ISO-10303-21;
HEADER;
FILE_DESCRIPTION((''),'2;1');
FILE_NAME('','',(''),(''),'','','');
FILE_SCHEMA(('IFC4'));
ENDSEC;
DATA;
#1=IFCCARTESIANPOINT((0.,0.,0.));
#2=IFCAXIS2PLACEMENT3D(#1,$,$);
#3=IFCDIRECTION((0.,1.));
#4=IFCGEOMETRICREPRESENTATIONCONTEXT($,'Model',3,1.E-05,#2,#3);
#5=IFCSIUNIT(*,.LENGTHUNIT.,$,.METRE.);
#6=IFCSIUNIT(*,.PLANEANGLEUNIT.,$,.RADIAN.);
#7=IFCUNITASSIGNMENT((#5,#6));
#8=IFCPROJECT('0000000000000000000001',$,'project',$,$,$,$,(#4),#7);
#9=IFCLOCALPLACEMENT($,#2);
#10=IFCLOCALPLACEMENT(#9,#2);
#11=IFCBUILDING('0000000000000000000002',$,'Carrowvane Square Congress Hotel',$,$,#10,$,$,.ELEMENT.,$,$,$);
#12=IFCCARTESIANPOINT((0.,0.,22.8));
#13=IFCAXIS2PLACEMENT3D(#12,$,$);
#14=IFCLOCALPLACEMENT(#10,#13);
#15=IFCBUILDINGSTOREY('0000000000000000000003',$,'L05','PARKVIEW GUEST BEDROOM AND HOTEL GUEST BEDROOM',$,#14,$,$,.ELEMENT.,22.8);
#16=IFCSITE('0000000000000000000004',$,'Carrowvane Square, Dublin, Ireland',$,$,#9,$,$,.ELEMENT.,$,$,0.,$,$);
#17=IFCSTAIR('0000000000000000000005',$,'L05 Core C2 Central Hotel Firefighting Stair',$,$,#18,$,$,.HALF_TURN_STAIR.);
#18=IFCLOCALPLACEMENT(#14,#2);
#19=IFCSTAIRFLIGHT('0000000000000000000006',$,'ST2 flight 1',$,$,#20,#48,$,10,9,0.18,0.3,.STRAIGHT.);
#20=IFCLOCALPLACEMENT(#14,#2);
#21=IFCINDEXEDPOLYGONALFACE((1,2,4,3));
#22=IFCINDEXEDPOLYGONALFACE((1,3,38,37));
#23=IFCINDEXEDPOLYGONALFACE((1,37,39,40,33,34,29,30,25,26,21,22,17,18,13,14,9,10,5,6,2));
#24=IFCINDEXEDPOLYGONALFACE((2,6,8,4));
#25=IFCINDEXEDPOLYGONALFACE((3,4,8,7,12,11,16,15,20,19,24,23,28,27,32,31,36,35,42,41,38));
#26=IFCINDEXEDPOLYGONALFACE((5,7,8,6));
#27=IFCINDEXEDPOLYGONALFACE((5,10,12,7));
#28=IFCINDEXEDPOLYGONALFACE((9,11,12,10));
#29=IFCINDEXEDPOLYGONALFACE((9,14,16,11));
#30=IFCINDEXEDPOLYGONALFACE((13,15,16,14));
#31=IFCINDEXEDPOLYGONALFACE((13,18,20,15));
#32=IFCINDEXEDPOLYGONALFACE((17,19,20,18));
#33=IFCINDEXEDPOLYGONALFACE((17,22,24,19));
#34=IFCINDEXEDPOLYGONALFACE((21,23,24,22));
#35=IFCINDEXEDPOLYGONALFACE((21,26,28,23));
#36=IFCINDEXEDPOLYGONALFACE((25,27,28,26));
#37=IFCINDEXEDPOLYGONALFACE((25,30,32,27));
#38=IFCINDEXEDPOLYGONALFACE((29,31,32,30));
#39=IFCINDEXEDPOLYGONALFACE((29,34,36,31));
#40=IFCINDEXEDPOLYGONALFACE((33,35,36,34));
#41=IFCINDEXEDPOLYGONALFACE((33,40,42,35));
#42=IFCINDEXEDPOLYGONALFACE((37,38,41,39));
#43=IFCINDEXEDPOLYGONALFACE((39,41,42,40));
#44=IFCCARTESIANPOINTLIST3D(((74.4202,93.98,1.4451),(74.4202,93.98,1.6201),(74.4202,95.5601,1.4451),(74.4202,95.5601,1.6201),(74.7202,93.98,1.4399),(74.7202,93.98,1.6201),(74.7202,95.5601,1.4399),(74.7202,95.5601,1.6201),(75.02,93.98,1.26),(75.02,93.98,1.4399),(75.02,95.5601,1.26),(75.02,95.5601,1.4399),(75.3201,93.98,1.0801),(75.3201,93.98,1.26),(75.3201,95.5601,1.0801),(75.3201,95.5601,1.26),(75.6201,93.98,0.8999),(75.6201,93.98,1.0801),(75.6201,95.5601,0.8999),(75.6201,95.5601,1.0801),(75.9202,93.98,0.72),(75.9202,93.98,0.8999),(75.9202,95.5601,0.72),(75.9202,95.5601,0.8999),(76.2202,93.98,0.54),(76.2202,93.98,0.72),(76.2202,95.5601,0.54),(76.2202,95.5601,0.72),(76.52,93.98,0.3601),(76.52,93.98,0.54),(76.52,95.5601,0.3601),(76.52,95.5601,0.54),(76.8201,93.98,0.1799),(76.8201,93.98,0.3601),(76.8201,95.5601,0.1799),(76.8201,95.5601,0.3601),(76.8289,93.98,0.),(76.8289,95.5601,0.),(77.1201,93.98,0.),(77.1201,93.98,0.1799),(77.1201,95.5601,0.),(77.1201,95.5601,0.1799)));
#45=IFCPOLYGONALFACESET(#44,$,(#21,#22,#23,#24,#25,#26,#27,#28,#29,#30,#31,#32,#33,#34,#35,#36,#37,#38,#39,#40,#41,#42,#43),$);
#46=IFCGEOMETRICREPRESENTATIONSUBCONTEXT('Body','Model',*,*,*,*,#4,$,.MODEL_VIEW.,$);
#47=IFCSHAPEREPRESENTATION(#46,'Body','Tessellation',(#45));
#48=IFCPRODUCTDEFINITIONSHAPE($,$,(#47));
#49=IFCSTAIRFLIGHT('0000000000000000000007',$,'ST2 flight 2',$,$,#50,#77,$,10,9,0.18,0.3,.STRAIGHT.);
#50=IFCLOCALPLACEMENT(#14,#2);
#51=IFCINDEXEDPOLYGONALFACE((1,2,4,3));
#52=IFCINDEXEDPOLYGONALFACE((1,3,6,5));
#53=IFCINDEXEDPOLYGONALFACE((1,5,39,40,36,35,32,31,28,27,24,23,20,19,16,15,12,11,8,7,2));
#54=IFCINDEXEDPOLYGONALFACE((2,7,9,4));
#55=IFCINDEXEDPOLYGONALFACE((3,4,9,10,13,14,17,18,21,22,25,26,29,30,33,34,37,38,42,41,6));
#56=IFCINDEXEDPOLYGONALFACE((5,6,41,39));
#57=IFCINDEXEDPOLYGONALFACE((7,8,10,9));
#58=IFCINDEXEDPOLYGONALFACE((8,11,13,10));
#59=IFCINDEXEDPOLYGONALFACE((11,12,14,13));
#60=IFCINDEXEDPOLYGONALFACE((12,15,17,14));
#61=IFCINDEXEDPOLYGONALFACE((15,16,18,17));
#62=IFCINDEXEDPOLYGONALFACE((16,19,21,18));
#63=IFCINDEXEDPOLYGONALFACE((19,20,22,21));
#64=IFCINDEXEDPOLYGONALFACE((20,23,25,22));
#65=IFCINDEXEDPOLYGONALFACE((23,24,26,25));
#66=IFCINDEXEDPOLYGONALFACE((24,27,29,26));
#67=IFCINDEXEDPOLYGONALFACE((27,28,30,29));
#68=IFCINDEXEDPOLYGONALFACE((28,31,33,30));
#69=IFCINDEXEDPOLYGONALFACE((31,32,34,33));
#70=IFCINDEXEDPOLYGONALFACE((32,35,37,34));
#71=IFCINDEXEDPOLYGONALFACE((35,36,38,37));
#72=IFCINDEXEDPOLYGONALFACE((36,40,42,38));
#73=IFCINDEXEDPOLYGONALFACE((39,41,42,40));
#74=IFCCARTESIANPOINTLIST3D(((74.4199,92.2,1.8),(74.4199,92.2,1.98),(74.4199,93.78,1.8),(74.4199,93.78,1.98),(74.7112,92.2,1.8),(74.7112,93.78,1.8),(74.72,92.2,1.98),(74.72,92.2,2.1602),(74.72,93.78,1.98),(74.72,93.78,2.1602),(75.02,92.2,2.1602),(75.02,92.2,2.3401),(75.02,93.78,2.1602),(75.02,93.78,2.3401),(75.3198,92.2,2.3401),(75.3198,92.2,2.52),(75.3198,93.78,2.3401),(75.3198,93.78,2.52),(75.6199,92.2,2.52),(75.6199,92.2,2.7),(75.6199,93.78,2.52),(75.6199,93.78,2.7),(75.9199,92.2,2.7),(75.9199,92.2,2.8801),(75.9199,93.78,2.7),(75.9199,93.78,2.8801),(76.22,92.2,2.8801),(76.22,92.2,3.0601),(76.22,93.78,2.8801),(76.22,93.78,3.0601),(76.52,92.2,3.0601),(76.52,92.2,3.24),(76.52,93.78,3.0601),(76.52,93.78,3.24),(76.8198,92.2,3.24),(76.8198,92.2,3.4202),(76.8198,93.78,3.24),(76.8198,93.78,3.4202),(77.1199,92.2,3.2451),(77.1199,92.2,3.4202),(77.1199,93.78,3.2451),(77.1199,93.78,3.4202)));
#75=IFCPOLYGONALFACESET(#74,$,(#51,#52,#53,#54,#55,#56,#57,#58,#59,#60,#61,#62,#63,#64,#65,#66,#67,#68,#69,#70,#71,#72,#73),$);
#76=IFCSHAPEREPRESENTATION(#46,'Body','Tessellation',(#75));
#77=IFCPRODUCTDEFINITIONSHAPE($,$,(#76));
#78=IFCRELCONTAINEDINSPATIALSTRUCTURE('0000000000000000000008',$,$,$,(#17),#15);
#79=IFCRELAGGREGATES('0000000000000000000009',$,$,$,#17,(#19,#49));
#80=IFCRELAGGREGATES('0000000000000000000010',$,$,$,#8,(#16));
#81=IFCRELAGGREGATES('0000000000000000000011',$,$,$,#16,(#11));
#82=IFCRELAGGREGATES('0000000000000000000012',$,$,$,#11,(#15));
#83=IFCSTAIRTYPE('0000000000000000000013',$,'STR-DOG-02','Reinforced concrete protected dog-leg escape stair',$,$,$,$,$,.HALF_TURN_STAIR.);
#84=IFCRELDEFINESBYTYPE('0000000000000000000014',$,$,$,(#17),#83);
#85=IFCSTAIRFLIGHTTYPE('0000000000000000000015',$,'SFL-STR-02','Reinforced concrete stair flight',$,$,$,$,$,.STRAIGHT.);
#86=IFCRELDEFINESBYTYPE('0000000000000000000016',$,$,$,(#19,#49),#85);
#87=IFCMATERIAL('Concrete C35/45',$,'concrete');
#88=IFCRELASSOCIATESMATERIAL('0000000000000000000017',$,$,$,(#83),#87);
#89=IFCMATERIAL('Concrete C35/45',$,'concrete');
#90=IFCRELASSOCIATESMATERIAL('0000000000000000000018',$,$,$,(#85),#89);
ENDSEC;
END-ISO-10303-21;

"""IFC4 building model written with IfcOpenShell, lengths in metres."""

from ifc_helpers import new_model, si_unit, direction, frame, origin, place, context, subcontext, project, spatial, polyline, outline, extrude, material, type_object, element, aggregate, save


model = new_model("IFC4")

# Units and contexts
model_context = context("Model", 3, precision=1e-05, world=origin(), true_north=direction((0.0, 1.0)))
body_context = subcontext(model_context, "Body", "Model", "MODEL_VIEW")
ifc_project = project(units=[si_unit("LENGTHUNIT", "METRE"), si_unit("PLANEANGLEUNIT", "RADIAN")], contexts=[model_context])

# Site, building, storey
site_placement = place(None, origin())
site = spatial("IfcSite", under=ifc_project, at=site_placement, Name="Carrowvane Square, Dublin, Ireland", CompositionType="ELEMENT", RefElevation=0.0)
building_placement = place(site_placement, origin())
building = spatial("IfcBuilding", under=site, at=building_placement, Name="Carrowvane Square Congress Hotel", CompositionType="ELEMENT")
storey_placement = place(building_placement, frame((0.0, 0.0, 22.8)))
storey = spatial("IfcBuildingStorey", under=building, at=storey_placement, Name="L05", Description="PARKVIEW GUEST BEDROOM AND HOTEL GUEST BEDROOM", CompositionType="ELEMENT", Elevation=22.8)

# Stair, stair flights
ifc_material_1 = material(Name="Concrete C35/45", Category="concrete")
stair_type = type_object("IfcStairType", Name="STR-DOG-02", Description="Reinforced concrete protected dog-leg escape stair", PredefinedType="HALF_TURN_STAIR", material=ifc_material_1)
stair_placement = place(storey_placement, origin())
stair = element("IfcStair", 1, at=stair_placement, inside=storey, type_object=stair_type, Name="L05 Core C2 Central Hotel Firefighting Stair", PredefinedType="HALF_TURN_STAIR")
ifc_material_2 = material(Name="Concrete C35/45", Category="concrete")
stair_flight_type = type_object("IfcStairFlightType", Name="SFL-STR-02", Description="Reinforced concrete stair flight", PredefinedType="STRAIGHT", material=ifc_material_2)
stair_flight_1_placement = place(storey_placement, frame((77.1201, 94.77, 0.0), z_axis=(0.0, 0.0, 1.0), x_axis=(-1.0, 0.0, 0.0)))
stair_flight_1 = element("IfcStairFlight", 2, at=stair_flight_1_placement, type_object=stair_flight_type, Name="ST2 flight 1", NumberOfRisers=10, NumberOfTreads=9, PredefinedType="STRAIGHT", RiserHeight=0.18, TreadLength=0.3, context=body_context, shape_type="SweptSolid", body=[
    extrude(outline(polyline([(0.0, 0.0), (0.0, 0.1799), (0.3, 0.1799), (0.3, 0.3601), (0.6001, 0.3601), (0.6001, 0.54), (0.8999, 0.54), (0.8999, 0.72), (1.2, 0.72), (1.2, 0.8999), (1.5, 0.8999), (1.5, 1.0801), (1.8, 1.0801), (1.8, 1.26), (2.1001, 1.26), (2.1001, 1.4399), (2.3999, 1.4399), (2.3999, 1.6201), (2.7, 1.6201), (2.7, 1.8), (2.7, 1.4451), (0.2913, 0.0), (0.0, 0.0)])), frame((0.0, 0.79, 0.0), z_axis=(0.0, -1.0, 0.0), x_axis=(1.0, 0.0, 0.0)), (0.0, 0.0, 1.0), 1.5801),
])
stair_flight_2_placement = place(storey_placement, frame((74.4199, 92.99, 1.8), z_axis=(0.0, 0.0, 1.0), x_axis=(1.0, 0.0, 0.0)))
stair_flight_2 = element("IfcStairFlight", 3, at=stair_flight_2_placement, type_object=stair_flight_type, Name="ST2 flight 2", NumberOfRisers=10, NumberOfTreads=9, PredefinedType="STRAIGHT", RiserHeight=0.18, TreadLength=0.3, context=body_context, shape_type="SweptSolid", body=[
    extrude(outline(polyline([(0.0, 0.0), (0.0, 0.1799), (0.3, 0.1799), (0.3, 0.3601), (0.6001, 0.3601), (0.6001, 0.54), (0.8999, 0.54), (0.8999, 0.72), (1.2, 0.72), (1.2, 0.8999), (1.5, 0.8999), (1.5, 1.0801), (1.8, 1.0801), (1.8, 1.26), (2.1001, 1.26), (2.1001, 1.4399), (2.3999, 1.4399), (2.3999, 1.6201), (2.7, 1.6201), (2.7, 1.8), (2.7, 1.4451), (0.2913, 0.0), (0.0, 0.0)])), frame((0.0, 0.79, 0.0), z_axis=(0.0, -1.0, 0.0), x_axis=(1.0, 0.0, 0.0)), (0.0, 0.0, 1.0), 1.5801),
])
aggregate(stair, [stair_flight_1, stair_flight_2])

save(model, "model.ifc")
